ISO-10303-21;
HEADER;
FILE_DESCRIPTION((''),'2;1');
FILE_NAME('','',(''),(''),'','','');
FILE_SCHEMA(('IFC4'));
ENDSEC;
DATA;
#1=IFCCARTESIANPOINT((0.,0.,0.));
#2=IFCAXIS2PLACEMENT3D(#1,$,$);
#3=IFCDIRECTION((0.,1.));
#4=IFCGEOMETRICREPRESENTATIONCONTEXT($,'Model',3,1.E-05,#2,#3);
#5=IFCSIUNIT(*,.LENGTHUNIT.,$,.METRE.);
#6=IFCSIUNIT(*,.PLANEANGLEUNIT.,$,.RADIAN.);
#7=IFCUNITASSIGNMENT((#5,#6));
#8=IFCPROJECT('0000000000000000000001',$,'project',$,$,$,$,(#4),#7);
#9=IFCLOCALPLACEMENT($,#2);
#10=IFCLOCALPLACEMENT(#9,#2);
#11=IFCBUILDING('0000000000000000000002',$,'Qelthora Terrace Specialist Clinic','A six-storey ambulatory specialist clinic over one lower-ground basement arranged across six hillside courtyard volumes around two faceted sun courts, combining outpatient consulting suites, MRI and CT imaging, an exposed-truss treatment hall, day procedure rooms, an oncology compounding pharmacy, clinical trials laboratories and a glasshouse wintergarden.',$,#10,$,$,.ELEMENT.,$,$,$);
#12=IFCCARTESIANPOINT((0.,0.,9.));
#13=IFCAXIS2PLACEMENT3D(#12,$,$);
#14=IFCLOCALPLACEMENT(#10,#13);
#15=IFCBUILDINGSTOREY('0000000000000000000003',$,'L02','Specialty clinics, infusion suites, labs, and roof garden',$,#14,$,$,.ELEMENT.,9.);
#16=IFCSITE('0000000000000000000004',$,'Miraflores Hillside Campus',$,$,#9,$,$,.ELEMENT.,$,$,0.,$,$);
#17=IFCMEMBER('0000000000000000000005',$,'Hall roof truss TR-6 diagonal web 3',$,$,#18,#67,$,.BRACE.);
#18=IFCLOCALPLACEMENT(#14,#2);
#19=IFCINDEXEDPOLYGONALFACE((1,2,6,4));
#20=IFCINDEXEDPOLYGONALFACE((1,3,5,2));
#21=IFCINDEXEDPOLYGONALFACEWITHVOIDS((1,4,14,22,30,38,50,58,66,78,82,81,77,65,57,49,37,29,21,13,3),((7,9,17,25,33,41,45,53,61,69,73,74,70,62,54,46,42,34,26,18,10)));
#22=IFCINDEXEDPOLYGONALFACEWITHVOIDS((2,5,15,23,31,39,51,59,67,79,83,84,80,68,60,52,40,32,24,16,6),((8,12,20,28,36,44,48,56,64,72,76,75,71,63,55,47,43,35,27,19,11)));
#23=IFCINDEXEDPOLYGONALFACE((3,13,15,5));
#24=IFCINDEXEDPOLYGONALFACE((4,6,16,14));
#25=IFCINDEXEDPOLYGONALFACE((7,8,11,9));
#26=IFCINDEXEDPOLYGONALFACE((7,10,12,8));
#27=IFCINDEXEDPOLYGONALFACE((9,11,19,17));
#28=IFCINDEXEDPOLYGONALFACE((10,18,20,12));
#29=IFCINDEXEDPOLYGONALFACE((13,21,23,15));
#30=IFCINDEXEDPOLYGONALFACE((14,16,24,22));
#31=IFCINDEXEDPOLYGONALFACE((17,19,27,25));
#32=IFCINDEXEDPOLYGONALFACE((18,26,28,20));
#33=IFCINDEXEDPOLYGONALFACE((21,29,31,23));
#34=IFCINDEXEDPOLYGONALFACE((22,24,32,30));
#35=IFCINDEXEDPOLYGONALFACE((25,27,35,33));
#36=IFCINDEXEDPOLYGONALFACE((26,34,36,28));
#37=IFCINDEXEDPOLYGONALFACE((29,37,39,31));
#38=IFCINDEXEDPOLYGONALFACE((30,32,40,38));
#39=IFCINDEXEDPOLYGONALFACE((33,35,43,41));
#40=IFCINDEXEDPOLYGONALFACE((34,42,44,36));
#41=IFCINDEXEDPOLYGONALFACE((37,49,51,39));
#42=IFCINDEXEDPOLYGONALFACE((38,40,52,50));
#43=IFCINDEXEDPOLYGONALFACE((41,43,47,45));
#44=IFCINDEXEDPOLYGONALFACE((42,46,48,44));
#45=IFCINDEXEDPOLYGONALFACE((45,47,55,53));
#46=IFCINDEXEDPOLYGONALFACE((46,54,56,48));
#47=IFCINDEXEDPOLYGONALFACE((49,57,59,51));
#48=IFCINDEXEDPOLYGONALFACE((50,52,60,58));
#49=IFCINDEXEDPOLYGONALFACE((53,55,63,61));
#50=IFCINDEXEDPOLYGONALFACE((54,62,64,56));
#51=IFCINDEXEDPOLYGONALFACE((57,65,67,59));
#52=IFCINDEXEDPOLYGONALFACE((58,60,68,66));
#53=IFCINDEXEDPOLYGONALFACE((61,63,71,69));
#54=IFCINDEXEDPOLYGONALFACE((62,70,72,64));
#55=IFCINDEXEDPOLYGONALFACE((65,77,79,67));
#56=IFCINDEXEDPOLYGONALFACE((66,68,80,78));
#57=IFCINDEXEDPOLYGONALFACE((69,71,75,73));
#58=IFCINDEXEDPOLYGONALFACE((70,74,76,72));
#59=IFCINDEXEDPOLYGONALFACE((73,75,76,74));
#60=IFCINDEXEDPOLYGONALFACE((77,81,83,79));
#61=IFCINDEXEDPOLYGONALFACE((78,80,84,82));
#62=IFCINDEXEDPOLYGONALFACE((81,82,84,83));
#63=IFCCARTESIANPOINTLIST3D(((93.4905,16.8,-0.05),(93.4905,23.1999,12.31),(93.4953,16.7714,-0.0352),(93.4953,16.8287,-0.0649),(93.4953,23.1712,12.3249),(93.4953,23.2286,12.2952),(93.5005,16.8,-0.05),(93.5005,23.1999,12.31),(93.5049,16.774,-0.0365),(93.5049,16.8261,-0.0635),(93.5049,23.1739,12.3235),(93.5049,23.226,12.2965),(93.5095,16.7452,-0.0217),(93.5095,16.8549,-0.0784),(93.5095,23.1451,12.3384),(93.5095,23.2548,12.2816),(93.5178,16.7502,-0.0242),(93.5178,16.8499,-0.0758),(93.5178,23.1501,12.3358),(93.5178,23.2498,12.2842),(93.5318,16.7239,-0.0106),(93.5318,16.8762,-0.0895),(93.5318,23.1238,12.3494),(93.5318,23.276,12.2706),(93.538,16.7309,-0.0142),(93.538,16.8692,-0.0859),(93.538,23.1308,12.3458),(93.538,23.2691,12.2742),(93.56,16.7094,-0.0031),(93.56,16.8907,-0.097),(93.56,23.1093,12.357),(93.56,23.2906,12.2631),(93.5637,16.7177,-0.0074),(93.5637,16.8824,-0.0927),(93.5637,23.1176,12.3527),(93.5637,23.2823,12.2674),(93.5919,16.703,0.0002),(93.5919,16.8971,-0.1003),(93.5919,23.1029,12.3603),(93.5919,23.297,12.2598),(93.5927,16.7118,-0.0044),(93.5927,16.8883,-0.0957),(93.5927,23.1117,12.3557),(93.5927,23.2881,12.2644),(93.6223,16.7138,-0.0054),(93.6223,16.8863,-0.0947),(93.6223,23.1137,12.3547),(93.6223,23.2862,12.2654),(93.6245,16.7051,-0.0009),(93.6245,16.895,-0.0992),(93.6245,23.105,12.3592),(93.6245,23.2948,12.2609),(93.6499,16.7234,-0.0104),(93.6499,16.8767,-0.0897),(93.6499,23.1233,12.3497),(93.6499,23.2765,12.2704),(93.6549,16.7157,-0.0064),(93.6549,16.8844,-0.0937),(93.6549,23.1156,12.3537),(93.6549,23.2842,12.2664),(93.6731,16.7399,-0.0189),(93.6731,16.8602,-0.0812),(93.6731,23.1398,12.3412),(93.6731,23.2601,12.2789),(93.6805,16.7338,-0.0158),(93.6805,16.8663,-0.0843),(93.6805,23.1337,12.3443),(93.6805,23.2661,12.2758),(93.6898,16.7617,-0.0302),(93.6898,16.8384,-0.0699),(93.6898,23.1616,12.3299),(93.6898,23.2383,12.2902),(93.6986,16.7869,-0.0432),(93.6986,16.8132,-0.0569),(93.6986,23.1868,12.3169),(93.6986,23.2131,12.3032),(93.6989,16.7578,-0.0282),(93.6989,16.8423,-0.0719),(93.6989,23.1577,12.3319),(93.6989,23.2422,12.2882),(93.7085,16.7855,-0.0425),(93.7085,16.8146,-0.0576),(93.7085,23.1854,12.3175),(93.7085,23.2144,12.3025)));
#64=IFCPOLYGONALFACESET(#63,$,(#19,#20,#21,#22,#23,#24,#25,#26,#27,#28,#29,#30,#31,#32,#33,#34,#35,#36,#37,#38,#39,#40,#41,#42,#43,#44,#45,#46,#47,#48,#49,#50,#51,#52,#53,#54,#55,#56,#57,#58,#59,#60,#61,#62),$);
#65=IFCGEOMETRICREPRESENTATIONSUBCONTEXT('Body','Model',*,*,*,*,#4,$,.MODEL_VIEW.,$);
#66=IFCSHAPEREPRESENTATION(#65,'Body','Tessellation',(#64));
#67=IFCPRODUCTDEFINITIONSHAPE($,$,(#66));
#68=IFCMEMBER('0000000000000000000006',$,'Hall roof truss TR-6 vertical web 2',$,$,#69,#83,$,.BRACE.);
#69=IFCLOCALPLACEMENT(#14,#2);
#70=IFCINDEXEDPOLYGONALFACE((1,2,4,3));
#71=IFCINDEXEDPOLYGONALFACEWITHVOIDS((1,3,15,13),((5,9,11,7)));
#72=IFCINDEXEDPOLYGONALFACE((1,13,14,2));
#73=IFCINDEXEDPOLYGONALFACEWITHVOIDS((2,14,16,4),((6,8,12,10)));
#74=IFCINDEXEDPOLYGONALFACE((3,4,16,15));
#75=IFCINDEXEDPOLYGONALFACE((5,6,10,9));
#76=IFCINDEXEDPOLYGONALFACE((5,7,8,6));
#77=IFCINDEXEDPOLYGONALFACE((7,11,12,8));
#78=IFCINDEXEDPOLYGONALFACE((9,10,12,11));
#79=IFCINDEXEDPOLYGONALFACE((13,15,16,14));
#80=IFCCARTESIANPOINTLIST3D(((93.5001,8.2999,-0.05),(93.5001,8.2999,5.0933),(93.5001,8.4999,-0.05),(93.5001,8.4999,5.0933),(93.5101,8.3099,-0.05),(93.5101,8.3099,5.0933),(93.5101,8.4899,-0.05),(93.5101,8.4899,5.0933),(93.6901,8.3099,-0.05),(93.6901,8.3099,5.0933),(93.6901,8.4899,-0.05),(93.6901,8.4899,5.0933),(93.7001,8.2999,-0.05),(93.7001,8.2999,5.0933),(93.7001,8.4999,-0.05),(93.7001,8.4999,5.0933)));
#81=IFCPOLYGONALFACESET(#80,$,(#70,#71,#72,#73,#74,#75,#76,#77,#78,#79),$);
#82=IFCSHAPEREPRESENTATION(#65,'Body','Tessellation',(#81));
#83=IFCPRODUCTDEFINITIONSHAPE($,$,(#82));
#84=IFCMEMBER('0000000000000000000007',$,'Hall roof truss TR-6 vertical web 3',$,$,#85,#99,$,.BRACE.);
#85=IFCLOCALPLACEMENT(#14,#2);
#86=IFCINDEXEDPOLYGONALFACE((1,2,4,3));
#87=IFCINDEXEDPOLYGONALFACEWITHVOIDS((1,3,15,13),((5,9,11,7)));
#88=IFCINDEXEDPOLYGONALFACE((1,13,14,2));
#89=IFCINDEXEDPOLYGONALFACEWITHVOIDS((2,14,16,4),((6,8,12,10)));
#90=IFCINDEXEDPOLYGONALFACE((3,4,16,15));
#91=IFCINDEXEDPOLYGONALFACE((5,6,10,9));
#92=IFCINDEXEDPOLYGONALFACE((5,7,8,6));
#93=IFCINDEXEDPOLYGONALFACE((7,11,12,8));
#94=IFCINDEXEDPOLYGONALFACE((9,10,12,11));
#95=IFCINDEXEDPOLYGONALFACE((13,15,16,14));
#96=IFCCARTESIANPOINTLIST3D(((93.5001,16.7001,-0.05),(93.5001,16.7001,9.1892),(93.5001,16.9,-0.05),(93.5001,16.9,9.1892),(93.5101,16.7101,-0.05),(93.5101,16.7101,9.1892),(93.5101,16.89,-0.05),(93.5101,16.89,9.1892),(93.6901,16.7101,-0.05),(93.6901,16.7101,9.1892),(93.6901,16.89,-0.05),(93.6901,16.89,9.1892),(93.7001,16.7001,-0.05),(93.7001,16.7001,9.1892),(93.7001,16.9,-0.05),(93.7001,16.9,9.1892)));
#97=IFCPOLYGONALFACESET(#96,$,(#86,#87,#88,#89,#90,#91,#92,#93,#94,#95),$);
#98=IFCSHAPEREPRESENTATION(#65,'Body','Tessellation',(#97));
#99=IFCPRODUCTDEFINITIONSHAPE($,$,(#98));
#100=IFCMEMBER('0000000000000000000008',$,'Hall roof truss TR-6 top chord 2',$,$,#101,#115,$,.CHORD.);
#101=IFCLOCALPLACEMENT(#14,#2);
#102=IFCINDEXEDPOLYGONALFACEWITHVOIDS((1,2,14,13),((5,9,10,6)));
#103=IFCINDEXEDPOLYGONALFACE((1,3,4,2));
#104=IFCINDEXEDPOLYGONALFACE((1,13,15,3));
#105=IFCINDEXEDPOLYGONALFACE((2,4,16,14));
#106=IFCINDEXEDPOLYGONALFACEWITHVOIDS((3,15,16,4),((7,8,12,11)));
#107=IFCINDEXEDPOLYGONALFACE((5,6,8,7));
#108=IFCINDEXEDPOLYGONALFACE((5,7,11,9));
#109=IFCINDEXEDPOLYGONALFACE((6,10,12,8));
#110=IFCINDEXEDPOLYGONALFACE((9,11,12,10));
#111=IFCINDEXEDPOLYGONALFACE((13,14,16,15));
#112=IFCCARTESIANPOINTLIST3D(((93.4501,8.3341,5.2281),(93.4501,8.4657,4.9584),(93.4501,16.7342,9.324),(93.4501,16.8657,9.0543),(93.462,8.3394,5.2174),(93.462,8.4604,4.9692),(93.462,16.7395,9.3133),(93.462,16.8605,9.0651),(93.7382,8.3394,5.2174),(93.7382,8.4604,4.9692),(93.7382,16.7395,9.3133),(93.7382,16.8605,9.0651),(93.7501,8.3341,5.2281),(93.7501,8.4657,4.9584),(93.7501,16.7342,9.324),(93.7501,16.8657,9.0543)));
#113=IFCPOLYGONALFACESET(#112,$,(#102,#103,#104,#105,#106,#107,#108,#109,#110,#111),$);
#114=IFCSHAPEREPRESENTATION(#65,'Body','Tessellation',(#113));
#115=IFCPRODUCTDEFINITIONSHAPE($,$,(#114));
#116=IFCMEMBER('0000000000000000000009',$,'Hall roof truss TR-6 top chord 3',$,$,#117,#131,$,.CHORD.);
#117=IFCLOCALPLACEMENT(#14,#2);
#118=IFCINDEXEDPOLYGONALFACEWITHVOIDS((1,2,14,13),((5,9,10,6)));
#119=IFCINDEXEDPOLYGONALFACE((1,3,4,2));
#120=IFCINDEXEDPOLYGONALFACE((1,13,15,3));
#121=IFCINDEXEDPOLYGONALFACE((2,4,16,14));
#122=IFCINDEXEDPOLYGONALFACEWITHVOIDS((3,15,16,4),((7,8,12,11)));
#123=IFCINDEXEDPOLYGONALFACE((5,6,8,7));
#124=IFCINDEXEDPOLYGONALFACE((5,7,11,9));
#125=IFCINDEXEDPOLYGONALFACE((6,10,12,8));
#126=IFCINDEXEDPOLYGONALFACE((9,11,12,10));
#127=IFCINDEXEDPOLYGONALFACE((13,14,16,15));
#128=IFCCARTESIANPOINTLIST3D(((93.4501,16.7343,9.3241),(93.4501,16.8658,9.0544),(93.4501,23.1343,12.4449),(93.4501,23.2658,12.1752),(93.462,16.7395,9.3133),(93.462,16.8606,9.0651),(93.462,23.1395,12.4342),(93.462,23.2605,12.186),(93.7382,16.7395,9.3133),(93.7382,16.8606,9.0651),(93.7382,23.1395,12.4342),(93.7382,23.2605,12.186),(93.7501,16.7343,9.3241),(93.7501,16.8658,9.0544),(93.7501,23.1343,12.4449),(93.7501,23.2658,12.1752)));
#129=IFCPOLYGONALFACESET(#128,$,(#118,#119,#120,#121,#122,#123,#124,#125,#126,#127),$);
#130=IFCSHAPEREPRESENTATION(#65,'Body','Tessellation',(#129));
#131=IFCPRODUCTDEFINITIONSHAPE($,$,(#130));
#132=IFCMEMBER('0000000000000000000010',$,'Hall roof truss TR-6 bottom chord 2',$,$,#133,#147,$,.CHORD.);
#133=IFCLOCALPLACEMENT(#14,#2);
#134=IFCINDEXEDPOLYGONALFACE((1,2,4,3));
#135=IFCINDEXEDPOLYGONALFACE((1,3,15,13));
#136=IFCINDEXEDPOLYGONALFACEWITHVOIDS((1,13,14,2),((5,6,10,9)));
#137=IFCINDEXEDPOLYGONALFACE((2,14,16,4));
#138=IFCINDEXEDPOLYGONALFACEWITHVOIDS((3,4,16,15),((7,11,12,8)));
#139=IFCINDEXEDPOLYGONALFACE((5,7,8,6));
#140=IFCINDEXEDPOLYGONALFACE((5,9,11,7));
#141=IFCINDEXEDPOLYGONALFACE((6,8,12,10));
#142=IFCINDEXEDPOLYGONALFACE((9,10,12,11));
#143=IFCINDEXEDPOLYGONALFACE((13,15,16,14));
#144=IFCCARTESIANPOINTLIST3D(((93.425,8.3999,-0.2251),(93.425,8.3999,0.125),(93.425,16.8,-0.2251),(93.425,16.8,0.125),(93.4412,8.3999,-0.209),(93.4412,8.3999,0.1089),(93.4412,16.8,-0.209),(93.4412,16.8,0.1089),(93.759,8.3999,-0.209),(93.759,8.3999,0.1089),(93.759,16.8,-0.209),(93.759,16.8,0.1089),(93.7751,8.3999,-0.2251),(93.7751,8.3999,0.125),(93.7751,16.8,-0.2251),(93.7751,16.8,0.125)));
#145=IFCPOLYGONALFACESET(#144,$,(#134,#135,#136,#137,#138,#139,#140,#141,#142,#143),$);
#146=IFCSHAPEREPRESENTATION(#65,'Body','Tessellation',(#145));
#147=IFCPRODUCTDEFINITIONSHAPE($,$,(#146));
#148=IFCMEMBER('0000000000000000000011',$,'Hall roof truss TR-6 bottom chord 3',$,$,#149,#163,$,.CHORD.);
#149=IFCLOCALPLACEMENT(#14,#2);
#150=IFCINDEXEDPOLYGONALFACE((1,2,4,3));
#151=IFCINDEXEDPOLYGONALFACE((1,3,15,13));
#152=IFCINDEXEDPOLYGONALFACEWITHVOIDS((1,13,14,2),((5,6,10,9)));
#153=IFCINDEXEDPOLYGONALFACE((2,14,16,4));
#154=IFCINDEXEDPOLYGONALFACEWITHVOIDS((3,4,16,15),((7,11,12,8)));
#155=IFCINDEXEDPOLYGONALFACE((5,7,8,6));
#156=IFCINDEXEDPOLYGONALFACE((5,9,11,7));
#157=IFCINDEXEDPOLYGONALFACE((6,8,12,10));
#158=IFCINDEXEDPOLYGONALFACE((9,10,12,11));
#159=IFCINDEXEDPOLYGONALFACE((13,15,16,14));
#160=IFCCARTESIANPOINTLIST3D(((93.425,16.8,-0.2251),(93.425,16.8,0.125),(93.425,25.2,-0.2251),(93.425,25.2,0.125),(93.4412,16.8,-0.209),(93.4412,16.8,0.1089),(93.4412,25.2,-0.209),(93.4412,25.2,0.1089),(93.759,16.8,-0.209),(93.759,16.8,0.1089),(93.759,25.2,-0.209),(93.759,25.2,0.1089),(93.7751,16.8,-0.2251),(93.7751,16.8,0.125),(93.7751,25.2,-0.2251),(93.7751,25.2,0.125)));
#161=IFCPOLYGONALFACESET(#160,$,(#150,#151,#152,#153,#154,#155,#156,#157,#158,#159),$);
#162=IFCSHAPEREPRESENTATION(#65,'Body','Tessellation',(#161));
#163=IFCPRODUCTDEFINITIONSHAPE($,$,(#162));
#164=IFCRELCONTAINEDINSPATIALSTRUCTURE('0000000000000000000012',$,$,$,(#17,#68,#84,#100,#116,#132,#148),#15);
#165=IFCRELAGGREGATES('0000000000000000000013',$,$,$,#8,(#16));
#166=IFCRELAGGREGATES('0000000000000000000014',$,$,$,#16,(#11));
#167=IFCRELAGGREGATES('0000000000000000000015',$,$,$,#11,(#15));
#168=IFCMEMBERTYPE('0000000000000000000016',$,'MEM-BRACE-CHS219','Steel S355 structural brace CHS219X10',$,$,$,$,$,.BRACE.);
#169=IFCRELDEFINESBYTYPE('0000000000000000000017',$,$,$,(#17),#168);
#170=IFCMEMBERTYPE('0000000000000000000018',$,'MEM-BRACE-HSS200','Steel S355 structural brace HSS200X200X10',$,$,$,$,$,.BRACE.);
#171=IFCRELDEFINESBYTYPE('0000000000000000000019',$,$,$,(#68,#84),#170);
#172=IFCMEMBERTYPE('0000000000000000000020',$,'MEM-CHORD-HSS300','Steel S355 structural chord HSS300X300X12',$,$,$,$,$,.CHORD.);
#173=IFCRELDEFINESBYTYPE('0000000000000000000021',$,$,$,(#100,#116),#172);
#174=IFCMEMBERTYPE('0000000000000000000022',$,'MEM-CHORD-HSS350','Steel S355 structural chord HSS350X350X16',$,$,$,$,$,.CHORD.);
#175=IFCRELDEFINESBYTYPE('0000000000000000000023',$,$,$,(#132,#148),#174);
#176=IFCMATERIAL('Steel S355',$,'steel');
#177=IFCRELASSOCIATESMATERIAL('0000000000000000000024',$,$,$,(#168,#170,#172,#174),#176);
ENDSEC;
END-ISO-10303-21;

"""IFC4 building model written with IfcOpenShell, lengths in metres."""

from ifc_helpers import new_model, si_unit, direction, frame, origin, origin_2d, place, context, subcontext, project, spatial, hollow_rectangle, hollow_circle, extrude, material, material_profile, profile_set, type_object, element, save


model = new_model("IFC4")

# Units and contexts
model_context = context("Model", 3, precision=1e-05, world=origin(), true_north=direction((0.0, 1.0)))
body_context = subcontext(model_context, "Body", "Model", "MODEL_VIEW")
ifc_project = project(units=[si_unit("LENGTHUNIT", "METRE"), si_unit("PLANEANGLEUNIT", "RADIAN")], contexts=[model_context])

# Site, building, storey
site_placement = place(None, origin())
site = spatial("IfcSite", under=ifc_project, at=site_placement, Name="Miraflores Hillside Campus", CompositionType="ELEMENT", RefElevation=0.0)
building_placement = place(site_placement, origin())
building = spatial("IfcBuilding", under=site, at=building_placement, Name="Qelthora Terrace Specialist Clinic", Description="A six-storey ambulatory specialist clinic over one lower-ground basement arranged across six hillside courtyard volumes around two faceted sun courts, combining outpatient consulting suites, MRI and CT imaging, an exposed-truss treatment hall, day procedure rooms, an oncology compounding pharmacy, clinical trials laboratories and a glasshouse wintergarden.", CompositionType="ELEMENT")
storey_placement = place(building_placement, frame((0.0, 0.0, 9.0)))
storey = spatial("IfcBuildingStorey", under=building, at=storey_placement, Name="L02", Description="Specialty clinics, infusion suites, labs, and roof garden", CompositionType="ELEMENT", Elevation=9.0)

# Shared definitions
ifc_material_1 = material(Name="Steel S355", Category="steel")

# Members
ifc_material_profile_1 = material_profile(ifc_material_1, hollow_circle(Radius=0.1096, WallThickness=0.01, at=origin_2d()), Name="CHS219X10")
ifc_profile_set_1 = profile_set([ifc_material_profile_1], Name="Steel S355")
member_type_1 = type_object("IfcMemberType", Name="MEM-BRACE-CHS219", Description="Steel S355 structural brace CHS219X10", PredefinedType="BRACE", material=ifc_profile_set_1)
member_1_placement = place(storey_placement, frame((93.6001, 16.8, -0.05), z_axis=(0.0, 0.459805, 0.88802), x_axis=(-1.0, 0.0, 0.0)))
element("IfcMember", 1, at=member_1_placement, inside=storey, type_object=member_type_1, Name="Hall roof truss TR-6 diagonal web 3", PredefinedType="BRACE", context=body_context, shape_type="SweptSolid", body=[
    extrude(hollow_circle(Radius=0.1096, WallThickness=0.01, at=origin_2d()), origin(), (0.0, 0.0, 1.0), 13.9187),
])
ifc_material_profile_2 = material_profile(ifc_material_1, hollow_rectangle(XDim=0.2, YDim=0.2, WallThickness=0.01, at=origin_2d()), Name="HSS200X200X10")
ifc_profile_set_2 = profile_set([ifc_material_profile_2], Name="Steel S355")
member_type_2 = type_object("IfcMemberType", Name="MEM-BRACE-HSS200", Description="Steel S355 structural brace HSS200X200X10", PredefinedType="BRACE", material=ifc_profile_set_2)
member_2_placement = place(storey_placement, frame((93.6001, 8.3999, -0.05), z_axis=(0.0, 0.0, 1.0), x_axis=(1.0, 0.0, 0.0)))
element("IfcMember", 2, at=member_2_placement, inside=storey, type_object=member_type_2, Name="Hall roof truss TR-6 vertical web 2", PredefinedType="BRACE", context=body_context, shape_type="SweptSolid", body=[
    extrude(hollow_rectangle(XDim=0.2, YDim=0.2, WallThickness=0.01, at=origin_2d()), origin(), (0.0, 0.0, 1.0), 5.1433),
])
member_3_placement = place(storey_placement, frame((93.6001, 16.8, -0.05), z_axis=(0.0, 0.0, 1.0), x_axis=(1.0, 0.0, 0.0)))
element("IfcMember", 3, at=member_3_placement, inside=storey, type_object=member_type_2, Name="Hall roof truss TR-6 vertical web 3", PredefinedType="BRACE", context=body_context, shape_type="SweptSolid", body=[
    extrude(hollow_rectangle(XDim=0.2, YDim=0.2, WallThickness=0.01, at=origin_2d()), origin(), (0.0, 0.0, 1.0), 9.2393),
])
ifc_material_profile_3 = material_profile(ifc_material_1, hollow_rectangle(XDim=0.3, YDim=0.3, WallThickness=0.012, at=origin_2d()), Name="HSS300X300X12")
ifc_profile_set_3 = profile_set([ifc_material_profile_3], Name="Steel S355")
member_type_3 = type_object("IfcMemberType", Name="MEM-CHORD-HSS300", Description="Steel S355 structural chord HSS300X300X12", PredefinedType="CHORD", material=ifc_profile_set_3)
member_4_placement = place(storey_placement, frame((93.6001, 8.3999, 5.0933), z_axis=(0.0, 0.898839, 0.438278), x_axis=(-1.0, 0.0, 0.0)))
element("IfcMember", 4, at=member_4_placement, inside=storey, type_object=member_type_3, Name="Hall roof truss TR-6 top chord 2", PredefinedType="CHORD", context=body_context, shape_type="SweptSolid", body=[
    extrude(hollow_rectangle(XDim=0.3, YDim=0.3, WallThickness=0.012, at=origin_2d()), origin(), (0.0, 0.0, 1.0), 9.3455),
])
member_5_placement = place(storey_placement, frame((93.6001, 16.8, 9.1892), z_axis=(0.0, 0.898827, 0.438304), x_axis=(-1.0, 0.0, 0.0)))
element("IfcMember", 5, at=member_5_placement, inside=storey, type_object=member_type_3, Name="Hall roof truss TR-6 top chord 3", PredefinedType="CHORD", context=body_context, shape_type="SweptSolid", body=[
    extrude(hollow_rectangle(XDim=0.3, YDim=0.3, WallThickness=0.012, at=origin_2d()), origin(), (0.0, 0.0, 1.0), 7.1204),
])
ifc_material_profile_4 = material_profile(ifc_material_1, hollow_rectangle(XDim=0.3501, YDim=0.3501, WallThickness=0.0161, at=origin_2d()), Name="HSS350X350X16")
ifc_profile_set_4 = profile_set([ifc_material_profile_4], Name="Steel S355")
member_type_4 = type_object("IfcMemberType", Name="MEM-CHORD-HSS350", Description="Steel S355 structural chord HSS350X350X16", PredefinedType="CHORD", material=ifc_profile_set_4)
member_6_placement = place(storey_placement, frame((93.6001, 8.3999, -0.05), z_axis=(0.0, 1.0, 0.0), x_axis=(-1.0, 0.0, 0.0)))
element("IfcMember", 6, at=member_6_placement, inside=storey, type_object=member_type_4, Name="Hall roof truss TR-6 bottom chord 2", PredefinedType="CHORD", context=body_context, shape_type="SweptSolid", body=[
    extrude(hollow_rectangle(XDim=0.3501, YDim=0.3501, WallThickness=0.0161, at=origin_2d()), origin(), (0.0, 0.0, 1.0), 8.4001),
])
member_7_placement = place(storey_placement, frame((93.6001, 16.8, -0.05), z_axis=(0.0, 1.0, 0.0), x_axis=(-1.0, 0.0, 0.0)))
element("IfcMember", 7, at=member_7_placement, inside=storey, type_object=member_type_4, Name="Hall roof truss TR-6 bottom chord 3", PredefinedType="CHORD", context=body_context, shape_type="SweptSolid", body=[
    extrude(hollow_rectangle(XDim=0.3501, YDim=0.3501, WallThickness=0.0161, at=origin_2d()), origin(), (0.0, 0.0, 1.0), 8.3999),
])

save(model, "model.ifc")
